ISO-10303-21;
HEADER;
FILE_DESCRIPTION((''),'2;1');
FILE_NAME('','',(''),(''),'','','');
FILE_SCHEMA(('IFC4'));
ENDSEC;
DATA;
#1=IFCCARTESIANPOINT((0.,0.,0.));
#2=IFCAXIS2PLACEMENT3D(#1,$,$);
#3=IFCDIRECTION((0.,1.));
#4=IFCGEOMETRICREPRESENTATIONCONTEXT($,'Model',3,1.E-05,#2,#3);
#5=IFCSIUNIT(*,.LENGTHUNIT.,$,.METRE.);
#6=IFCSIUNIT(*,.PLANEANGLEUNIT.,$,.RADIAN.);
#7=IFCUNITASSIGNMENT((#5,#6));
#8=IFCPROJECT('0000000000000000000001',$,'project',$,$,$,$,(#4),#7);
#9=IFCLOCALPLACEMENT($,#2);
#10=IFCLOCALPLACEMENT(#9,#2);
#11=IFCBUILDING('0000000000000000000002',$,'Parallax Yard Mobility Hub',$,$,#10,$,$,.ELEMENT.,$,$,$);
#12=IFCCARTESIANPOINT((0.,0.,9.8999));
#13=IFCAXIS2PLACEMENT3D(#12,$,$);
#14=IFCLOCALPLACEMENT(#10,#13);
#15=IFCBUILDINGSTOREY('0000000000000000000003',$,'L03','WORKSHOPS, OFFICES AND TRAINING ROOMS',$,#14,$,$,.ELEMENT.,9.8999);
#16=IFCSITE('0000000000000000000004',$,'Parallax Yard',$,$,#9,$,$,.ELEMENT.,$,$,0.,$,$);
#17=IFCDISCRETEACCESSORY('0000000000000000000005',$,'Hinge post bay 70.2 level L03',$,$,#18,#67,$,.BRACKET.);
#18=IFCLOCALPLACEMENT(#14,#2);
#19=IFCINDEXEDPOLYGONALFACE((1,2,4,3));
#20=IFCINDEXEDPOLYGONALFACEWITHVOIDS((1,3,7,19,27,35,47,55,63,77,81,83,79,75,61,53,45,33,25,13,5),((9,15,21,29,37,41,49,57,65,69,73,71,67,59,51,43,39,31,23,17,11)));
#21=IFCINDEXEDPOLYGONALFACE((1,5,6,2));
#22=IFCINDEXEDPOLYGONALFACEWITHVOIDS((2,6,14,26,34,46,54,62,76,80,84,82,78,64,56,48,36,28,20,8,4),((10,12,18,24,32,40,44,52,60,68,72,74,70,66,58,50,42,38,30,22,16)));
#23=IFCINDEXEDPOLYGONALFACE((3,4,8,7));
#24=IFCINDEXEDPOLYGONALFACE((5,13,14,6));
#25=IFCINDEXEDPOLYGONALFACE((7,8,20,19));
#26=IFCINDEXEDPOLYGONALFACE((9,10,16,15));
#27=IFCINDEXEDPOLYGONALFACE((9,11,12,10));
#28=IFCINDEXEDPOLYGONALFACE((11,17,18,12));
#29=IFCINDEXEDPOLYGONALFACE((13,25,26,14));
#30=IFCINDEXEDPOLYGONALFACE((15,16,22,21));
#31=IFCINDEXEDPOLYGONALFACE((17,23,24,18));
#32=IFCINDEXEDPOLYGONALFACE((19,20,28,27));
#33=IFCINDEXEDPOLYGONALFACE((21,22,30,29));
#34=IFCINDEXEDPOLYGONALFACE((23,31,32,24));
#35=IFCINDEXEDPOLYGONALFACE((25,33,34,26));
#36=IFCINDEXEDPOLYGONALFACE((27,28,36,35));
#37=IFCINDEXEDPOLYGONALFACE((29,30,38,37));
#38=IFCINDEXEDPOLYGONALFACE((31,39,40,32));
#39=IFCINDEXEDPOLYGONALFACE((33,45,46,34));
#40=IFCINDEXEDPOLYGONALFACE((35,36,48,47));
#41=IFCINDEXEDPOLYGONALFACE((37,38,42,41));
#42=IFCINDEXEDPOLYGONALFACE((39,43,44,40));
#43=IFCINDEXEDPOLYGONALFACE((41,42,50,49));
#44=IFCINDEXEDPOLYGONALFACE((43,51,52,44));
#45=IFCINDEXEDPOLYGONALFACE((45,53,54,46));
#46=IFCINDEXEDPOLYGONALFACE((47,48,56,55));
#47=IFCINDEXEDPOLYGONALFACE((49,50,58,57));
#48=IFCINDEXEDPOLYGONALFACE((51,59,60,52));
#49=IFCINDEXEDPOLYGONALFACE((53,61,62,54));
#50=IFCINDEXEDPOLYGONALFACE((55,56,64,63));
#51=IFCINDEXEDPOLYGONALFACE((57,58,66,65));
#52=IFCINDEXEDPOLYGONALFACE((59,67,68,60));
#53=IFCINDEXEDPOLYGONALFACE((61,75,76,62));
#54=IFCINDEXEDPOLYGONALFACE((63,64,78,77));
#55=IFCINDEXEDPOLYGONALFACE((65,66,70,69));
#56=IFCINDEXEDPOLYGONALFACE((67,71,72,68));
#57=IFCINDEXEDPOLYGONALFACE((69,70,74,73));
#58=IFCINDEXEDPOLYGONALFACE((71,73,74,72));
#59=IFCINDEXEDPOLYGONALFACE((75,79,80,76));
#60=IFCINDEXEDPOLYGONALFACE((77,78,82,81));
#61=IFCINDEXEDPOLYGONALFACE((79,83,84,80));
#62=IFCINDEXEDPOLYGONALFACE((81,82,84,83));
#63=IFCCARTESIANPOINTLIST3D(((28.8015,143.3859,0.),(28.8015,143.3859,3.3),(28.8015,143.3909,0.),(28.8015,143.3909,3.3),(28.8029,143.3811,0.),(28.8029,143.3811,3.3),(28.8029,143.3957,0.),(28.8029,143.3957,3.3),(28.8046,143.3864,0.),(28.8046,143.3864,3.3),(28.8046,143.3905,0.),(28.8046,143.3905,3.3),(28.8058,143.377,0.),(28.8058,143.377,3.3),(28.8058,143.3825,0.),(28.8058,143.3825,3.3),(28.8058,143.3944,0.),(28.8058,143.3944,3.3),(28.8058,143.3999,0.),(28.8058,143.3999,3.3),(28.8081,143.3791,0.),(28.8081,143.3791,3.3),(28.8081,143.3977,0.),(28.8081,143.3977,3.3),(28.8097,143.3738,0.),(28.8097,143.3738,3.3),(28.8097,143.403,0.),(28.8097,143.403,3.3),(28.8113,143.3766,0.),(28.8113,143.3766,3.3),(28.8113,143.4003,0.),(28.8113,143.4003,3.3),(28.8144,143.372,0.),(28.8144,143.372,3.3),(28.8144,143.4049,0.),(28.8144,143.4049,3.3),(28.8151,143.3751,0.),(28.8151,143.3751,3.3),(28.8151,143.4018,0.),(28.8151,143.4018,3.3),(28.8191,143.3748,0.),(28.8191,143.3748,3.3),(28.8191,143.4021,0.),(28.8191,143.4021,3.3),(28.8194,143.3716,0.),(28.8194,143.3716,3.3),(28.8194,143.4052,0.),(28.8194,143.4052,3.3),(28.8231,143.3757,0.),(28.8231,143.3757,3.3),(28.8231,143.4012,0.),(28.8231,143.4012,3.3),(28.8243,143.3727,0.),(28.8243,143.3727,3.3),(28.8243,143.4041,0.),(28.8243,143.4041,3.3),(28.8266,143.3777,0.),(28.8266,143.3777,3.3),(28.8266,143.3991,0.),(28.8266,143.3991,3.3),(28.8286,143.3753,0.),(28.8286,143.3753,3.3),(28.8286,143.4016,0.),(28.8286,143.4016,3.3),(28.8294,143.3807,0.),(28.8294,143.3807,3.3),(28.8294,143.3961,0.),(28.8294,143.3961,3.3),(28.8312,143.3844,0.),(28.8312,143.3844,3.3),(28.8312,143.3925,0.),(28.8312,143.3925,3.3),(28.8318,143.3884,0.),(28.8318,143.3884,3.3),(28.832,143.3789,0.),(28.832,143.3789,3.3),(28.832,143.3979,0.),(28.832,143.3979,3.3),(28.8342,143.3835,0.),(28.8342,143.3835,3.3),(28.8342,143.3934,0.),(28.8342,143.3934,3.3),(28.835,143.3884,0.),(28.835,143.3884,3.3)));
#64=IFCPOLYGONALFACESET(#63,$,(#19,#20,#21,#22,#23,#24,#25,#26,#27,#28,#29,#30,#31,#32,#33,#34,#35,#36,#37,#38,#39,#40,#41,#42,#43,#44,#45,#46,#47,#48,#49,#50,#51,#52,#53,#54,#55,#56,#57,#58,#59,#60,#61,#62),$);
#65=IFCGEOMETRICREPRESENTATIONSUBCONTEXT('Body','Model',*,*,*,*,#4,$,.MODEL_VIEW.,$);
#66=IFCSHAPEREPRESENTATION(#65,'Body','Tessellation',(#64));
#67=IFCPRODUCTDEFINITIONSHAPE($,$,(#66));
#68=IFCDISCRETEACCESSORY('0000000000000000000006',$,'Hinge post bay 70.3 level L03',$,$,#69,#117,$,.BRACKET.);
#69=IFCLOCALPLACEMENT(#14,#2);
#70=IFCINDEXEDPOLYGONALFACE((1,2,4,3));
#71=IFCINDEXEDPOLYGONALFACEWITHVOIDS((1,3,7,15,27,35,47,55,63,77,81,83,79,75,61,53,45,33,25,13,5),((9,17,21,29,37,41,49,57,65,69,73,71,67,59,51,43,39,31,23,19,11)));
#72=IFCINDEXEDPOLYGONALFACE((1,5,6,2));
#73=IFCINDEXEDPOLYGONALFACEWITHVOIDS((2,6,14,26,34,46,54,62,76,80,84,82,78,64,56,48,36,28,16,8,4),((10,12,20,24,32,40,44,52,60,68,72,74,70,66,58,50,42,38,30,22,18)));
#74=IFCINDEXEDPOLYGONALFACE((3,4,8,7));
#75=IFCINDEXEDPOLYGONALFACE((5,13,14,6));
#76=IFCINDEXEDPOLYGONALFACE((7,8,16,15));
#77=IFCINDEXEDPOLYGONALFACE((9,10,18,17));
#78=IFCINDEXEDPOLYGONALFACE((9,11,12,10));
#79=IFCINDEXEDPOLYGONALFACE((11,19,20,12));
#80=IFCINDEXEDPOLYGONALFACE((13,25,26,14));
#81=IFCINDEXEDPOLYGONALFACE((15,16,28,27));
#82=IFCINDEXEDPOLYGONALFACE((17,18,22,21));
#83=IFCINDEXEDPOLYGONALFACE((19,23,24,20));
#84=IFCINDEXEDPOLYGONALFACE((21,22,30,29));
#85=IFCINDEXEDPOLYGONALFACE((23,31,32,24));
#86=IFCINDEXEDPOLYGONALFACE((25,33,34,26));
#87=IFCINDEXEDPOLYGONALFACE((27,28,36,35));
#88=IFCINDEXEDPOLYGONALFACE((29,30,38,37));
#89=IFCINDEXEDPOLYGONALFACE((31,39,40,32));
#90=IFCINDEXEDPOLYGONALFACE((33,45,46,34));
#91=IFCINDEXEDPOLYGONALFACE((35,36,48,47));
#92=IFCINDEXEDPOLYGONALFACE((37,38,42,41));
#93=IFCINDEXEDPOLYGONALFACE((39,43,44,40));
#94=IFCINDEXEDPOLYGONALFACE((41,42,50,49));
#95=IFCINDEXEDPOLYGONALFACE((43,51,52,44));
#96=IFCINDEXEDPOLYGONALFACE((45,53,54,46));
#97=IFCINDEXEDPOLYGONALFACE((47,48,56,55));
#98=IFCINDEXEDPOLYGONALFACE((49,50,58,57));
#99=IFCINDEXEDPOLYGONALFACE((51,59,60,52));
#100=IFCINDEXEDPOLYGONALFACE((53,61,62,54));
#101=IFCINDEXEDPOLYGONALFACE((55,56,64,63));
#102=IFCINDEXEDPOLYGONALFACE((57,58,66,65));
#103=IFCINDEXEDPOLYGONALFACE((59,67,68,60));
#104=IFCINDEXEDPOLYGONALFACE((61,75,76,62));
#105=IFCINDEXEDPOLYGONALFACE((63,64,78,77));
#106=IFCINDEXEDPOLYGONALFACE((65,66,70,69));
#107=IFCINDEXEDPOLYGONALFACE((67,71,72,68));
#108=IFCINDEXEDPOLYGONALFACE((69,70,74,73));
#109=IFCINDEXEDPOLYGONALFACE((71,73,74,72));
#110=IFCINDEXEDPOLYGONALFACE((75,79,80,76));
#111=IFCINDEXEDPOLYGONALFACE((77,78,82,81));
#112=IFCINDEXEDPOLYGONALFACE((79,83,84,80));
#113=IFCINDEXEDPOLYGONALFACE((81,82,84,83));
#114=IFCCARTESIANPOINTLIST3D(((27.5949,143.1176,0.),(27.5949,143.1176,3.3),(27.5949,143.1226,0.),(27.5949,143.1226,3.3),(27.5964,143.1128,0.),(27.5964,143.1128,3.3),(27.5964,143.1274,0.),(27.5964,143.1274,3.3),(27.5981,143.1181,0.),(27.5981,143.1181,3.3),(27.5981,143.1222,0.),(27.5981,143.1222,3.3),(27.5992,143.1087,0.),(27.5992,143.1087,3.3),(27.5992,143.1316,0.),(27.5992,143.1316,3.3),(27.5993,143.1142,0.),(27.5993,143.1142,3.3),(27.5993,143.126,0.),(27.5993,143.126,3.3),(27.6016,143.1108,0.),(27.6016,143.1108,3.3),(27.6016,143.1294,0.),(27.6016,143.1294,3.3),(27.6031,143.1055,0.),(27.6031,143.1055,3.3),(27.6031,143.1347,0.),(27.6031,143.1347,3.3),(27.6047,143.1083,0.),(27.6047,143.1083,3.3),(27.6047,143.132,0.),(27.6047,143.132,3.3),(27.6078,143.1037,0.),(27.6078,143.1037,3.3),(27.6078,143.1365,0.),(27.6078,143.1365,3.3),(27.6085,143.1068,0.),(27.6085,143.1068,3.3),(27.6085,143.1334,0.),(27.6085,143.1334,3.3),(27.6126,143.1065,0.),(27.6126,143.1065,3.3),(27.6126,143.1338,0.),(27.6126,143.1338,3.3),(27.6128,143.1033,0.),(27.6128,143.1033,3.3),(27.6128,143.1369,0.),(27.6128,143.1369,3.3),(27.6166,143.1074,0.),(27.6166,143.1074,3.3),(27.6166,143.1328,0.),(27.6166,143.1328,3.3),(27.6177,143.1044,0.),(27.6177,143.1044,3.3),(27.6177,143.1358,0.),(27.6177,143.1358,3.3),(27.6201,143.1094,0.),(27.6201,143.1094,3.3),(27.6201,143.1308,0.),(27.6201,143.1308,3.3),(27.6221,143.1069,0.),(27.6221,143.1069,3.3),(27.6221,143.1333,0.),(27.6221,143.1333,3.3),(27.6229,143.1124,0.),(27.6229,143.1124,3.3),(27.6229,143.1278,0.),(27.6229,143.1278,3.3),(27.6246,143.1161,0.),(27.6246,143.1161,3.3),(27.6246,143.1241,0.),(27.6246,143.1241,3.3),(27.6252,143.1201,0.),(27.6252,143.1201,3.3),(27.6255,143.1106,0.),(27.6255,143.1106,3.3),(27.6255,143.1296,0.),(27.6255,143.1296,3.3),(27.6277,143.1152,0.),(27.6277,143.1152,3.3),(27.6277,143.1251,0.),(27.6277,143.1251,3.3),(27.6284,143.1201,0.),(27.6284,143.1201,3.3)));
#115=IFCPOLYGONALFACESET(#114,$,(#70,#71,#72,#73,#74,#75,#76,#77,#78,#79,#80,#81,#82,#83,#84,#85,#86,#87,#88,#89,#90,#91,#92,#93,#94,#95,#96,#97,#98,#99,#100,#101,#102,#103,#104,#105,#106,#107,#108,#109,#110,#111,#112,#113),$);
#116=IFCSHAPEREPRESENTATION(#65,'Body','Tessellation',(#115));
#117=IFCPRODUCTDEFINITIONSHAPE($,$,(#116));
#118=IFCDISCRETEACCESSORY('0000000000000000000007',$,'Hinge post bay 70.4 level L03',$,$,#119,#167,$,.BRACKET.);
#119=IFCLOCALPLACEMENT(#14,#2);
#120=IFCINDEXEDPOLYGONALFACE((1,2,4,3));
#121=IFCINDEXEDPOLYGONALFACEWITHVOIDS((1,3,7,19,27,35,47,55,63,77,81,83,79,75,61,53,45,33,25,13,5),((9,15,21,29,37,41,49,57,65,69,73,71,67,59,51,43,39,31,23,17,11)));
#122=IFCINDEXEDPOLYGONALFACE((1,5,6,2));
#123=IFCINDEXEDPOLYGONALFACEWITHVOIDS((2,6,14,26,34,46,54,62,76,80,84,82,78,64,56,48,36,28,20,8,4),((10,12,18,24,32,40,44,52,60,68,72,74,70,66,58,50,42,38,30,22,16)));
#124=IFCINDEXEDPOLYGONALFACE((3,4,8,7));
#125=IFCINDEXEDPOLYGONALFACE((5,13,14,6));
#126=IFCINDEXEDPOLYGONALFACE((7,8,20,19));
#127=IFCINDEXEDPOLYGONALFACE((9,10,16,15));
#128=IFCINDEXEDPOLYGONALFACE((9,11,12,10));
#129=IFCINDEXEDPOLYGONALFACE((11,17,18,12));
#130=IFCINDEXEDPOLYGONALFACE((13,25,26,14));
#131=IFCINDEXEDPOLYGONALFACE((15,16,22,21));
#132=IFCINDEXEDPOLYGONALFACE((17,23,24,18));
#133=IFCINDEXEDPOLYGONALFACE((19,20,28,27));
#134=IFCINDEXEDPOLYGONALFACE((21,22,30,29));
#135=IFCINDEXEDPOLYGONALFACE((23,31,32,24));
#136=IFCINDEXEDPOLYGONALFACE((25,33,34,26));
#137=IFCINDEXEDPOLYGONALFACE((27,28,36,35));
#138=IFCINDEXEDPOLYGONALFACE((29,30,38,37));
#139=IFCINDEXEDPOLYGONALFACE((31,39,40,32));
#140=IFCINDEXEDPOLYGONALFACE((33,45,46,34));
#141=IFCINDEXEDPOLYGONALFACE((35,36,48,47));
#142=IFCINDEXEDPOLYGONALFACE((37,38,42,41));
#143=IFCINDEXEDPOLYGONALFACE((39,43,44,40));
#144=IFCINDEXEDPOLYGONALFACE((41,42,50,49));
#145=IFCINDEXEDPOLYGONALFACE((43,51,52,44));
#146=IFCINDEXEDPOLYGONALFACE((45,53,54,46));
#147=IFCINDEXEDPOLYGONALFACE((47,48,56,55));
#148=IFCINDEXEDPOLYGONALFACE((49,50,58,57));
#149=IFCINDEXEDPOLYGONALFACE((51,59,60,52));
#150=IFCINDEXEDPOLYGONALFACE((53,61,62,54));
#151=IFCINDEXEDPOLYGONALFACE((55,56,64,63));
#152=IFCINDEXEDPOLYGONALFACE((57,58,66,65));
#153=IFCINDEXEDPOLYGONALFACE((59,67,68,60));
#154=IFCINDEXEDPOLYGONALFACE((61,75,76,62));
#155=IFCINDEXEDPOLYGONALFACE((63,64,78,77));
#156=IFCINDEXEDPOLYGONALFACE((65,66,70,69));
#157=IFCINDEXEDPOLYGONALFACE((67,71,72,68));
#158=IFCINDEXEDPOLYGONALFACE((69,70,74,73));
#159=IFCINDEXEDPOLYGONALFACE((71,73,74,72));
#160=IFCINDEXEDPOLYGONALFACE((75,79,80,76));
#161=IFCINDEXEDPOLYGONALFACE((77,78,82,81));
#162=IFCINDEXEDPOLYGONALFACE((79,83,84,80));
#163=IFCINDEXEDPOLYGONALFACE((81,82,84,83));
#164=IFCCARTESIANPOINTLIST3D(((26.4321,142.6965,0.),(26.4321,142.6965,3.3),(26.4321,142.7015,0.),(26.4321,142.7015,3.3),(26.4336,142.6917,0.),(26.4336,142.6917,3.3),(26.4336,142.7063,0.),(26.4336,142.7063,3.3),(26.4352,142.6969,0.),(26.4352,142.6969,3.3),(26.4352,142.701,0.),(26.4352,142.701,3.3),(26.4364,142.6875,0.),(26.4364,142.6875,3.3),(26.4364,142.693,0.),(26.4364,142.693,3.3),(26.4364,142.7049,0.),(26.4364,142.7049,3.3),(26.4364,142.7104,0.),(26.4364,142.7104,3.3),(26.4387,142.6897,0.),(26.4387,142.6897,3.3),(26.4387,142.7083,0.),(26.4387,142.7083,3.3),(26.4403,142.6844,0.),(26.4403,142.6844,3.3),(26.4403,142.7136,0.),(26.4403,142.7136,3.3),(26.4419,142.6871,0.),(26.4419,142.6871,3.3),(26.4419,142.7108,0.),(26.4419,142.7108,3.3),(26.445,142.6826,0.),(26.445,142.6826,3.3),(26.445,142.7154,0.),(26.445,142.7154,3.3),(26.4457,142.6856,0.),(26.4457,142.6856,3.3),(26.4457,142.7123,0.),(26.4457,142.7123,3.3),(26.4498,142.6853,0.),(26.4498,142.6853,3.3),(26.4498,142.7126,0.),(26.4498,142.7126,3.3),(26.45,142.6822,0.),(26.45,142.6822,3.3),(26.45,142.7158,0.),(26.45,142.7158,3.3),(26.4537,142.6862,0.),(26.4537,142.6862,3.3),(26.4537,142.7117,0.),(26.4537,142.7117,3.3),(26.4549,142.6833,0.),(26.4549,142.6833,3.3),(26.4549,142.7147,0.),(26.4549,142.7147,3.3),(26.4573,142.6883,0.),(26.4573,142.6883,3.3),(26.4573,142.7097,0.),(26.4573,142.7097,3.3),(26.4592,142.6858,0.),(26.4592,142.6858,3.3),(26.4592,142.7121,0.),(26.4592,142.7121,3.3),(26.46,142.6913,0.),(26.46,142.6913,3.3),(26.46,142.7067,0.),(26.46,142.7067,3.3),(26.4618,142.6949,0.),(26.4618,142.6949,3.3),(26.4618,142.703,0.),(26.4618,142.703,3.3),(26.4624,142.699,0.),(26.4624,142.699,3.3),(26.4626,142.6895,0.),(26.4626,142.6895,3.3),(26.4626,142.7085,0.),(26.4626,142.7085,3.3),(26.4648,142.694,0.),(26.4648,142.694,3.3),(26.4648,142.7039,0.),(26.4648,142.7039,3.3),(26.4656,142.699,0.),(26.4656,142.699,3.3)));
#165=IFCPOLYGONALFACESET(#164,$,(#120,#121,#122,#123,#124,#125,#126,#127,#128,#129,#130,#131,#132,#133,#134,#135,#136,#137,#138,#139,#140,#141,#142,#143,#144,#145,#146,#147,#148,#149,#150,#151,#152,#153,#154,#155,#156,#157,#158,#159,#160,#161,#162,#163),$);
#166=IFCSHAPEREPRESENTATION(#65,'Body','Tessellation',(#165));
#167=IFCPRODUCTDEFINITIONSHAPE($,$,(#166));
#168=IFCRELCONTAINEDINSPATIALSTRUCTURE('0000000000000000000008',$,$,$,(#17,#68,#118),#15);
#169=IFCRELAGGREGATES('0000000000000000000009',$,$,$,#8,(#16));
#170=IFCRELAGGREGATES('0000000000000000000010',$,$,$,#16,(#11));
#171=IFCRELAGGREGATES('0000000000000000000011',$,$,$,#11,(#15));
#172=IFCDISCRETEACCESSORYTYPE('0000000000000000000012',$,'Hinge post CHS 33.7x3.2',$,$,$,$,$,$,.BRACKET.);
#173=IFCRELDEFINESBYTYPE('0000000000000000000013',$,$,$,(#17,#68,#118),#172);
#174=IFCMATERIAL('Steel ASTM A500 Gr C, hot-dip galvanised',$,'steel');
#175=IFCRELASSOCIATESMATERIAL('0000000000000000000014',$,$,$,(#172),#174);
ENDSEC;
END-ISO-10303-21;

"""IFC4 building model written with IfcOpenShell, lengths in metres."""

from ifc_helpers import new_model, si_unit, direction, frame, origin, origin_2d, place, context, subcontext, project, spatial, hollow_circle, extrude, material, material_profile, profile_set, type_object, element, save


model = new_model("IFC4")

# Units and contexts
model_context = context("Model", 3, precision=1e-05, world=origin(), true_north=direction((0.0, 1.0)))
body_context = subcontext(model_context, "Body", "Model", "MODEL_VIEW")
ifc_project = project(units=[si_unit("LENGTHUNIT", "METRE"), si_unit("PLANEANGLEUNIT", "RADIAN")], contexts=[model_context])

# Site, building, storey
site_placement = place(None, origin())
site = spatial("IfcSite", under=ifc_project, at=site_placement, Name="Parallax Yard", CompositionType="ELEMENT", RefElevation=0.0)
building_placement = place(site_placement, origin())
building = spatial("IfcBuilding", under=site, at=building_placement, Name="Parallax Yard Mobility Hub", CompositionType="ELEMENT")
storey_placement = place(building_placement, frame((0.0, 0.0, 9.8999)))
storey = spatial("IfcBuildingStorey", under=building, at=storey_placement, Name="L03", Description="WORKSHOPS, OFFICES AND TRAINING ROOMS", CompositionType="ELEMENT", Elevation=9.8999)

# Discrete accessories
ifc_material_1 = material(Name="Steel ASTM A500 Gr C, hot-dip galvanised", Category="steel")
ifc_material_profile_1 = material_profile(ifc_material_1, hollow_circle(Radius=0.0168, WallThickness=0.0032, at=origin_2d()), Name="CHS 33.7x3.2")
ifc_profile_set_1 = profile_set([ifc_material_profile_1], Name="Steel ASTM A500 Gr C, hot-dip galvanised")
discrete_accessory_type_1 = type_object("IfcDiscreteAccessoryType", Name="Hinge post CHS 33.7x3.2", PredefinedType="BRACKET", material=ifc_profile_set_1)
for number, where, z_axis, x_axis, name in (
    (1, (28.8181, 143.3884, 0.0), (0.0, 0.0, 1.0), (1.0, 0.0, 0.0), "Hinge post bay 70.2 level L03"),
    (2, (27.6116, 143.1201, 0.0), (0.0, 0.0, 1.0), (1.0, 0.0, 0.0), "Hinge post bay 70.3 level L03"),
    (3, (26.4487, 142.699, 0.0), (0.0, 0.0, 1.0), (1.0, 0.0, 0.0), "Hinge post bay 70.4 level L03"),
):
    element("IfcDiscreteAccessory", number, at=place(storey_placement, frame(where, z_axis=z_axis, x_axis=x_axis)), inside=storey, type_object=discrete_accessory_type_1, Name=name, PredefinedType="BRACKET", context=body_context, shape_type="SweptSolid", body=[
        extrude(hollow_circle(Radius=0.0168, WallThickness=0.0032, at=origin_2d()), origin(), (0.0, 0.0, 1.0), 3.3),
    ])

save(model, "model.ifc")
